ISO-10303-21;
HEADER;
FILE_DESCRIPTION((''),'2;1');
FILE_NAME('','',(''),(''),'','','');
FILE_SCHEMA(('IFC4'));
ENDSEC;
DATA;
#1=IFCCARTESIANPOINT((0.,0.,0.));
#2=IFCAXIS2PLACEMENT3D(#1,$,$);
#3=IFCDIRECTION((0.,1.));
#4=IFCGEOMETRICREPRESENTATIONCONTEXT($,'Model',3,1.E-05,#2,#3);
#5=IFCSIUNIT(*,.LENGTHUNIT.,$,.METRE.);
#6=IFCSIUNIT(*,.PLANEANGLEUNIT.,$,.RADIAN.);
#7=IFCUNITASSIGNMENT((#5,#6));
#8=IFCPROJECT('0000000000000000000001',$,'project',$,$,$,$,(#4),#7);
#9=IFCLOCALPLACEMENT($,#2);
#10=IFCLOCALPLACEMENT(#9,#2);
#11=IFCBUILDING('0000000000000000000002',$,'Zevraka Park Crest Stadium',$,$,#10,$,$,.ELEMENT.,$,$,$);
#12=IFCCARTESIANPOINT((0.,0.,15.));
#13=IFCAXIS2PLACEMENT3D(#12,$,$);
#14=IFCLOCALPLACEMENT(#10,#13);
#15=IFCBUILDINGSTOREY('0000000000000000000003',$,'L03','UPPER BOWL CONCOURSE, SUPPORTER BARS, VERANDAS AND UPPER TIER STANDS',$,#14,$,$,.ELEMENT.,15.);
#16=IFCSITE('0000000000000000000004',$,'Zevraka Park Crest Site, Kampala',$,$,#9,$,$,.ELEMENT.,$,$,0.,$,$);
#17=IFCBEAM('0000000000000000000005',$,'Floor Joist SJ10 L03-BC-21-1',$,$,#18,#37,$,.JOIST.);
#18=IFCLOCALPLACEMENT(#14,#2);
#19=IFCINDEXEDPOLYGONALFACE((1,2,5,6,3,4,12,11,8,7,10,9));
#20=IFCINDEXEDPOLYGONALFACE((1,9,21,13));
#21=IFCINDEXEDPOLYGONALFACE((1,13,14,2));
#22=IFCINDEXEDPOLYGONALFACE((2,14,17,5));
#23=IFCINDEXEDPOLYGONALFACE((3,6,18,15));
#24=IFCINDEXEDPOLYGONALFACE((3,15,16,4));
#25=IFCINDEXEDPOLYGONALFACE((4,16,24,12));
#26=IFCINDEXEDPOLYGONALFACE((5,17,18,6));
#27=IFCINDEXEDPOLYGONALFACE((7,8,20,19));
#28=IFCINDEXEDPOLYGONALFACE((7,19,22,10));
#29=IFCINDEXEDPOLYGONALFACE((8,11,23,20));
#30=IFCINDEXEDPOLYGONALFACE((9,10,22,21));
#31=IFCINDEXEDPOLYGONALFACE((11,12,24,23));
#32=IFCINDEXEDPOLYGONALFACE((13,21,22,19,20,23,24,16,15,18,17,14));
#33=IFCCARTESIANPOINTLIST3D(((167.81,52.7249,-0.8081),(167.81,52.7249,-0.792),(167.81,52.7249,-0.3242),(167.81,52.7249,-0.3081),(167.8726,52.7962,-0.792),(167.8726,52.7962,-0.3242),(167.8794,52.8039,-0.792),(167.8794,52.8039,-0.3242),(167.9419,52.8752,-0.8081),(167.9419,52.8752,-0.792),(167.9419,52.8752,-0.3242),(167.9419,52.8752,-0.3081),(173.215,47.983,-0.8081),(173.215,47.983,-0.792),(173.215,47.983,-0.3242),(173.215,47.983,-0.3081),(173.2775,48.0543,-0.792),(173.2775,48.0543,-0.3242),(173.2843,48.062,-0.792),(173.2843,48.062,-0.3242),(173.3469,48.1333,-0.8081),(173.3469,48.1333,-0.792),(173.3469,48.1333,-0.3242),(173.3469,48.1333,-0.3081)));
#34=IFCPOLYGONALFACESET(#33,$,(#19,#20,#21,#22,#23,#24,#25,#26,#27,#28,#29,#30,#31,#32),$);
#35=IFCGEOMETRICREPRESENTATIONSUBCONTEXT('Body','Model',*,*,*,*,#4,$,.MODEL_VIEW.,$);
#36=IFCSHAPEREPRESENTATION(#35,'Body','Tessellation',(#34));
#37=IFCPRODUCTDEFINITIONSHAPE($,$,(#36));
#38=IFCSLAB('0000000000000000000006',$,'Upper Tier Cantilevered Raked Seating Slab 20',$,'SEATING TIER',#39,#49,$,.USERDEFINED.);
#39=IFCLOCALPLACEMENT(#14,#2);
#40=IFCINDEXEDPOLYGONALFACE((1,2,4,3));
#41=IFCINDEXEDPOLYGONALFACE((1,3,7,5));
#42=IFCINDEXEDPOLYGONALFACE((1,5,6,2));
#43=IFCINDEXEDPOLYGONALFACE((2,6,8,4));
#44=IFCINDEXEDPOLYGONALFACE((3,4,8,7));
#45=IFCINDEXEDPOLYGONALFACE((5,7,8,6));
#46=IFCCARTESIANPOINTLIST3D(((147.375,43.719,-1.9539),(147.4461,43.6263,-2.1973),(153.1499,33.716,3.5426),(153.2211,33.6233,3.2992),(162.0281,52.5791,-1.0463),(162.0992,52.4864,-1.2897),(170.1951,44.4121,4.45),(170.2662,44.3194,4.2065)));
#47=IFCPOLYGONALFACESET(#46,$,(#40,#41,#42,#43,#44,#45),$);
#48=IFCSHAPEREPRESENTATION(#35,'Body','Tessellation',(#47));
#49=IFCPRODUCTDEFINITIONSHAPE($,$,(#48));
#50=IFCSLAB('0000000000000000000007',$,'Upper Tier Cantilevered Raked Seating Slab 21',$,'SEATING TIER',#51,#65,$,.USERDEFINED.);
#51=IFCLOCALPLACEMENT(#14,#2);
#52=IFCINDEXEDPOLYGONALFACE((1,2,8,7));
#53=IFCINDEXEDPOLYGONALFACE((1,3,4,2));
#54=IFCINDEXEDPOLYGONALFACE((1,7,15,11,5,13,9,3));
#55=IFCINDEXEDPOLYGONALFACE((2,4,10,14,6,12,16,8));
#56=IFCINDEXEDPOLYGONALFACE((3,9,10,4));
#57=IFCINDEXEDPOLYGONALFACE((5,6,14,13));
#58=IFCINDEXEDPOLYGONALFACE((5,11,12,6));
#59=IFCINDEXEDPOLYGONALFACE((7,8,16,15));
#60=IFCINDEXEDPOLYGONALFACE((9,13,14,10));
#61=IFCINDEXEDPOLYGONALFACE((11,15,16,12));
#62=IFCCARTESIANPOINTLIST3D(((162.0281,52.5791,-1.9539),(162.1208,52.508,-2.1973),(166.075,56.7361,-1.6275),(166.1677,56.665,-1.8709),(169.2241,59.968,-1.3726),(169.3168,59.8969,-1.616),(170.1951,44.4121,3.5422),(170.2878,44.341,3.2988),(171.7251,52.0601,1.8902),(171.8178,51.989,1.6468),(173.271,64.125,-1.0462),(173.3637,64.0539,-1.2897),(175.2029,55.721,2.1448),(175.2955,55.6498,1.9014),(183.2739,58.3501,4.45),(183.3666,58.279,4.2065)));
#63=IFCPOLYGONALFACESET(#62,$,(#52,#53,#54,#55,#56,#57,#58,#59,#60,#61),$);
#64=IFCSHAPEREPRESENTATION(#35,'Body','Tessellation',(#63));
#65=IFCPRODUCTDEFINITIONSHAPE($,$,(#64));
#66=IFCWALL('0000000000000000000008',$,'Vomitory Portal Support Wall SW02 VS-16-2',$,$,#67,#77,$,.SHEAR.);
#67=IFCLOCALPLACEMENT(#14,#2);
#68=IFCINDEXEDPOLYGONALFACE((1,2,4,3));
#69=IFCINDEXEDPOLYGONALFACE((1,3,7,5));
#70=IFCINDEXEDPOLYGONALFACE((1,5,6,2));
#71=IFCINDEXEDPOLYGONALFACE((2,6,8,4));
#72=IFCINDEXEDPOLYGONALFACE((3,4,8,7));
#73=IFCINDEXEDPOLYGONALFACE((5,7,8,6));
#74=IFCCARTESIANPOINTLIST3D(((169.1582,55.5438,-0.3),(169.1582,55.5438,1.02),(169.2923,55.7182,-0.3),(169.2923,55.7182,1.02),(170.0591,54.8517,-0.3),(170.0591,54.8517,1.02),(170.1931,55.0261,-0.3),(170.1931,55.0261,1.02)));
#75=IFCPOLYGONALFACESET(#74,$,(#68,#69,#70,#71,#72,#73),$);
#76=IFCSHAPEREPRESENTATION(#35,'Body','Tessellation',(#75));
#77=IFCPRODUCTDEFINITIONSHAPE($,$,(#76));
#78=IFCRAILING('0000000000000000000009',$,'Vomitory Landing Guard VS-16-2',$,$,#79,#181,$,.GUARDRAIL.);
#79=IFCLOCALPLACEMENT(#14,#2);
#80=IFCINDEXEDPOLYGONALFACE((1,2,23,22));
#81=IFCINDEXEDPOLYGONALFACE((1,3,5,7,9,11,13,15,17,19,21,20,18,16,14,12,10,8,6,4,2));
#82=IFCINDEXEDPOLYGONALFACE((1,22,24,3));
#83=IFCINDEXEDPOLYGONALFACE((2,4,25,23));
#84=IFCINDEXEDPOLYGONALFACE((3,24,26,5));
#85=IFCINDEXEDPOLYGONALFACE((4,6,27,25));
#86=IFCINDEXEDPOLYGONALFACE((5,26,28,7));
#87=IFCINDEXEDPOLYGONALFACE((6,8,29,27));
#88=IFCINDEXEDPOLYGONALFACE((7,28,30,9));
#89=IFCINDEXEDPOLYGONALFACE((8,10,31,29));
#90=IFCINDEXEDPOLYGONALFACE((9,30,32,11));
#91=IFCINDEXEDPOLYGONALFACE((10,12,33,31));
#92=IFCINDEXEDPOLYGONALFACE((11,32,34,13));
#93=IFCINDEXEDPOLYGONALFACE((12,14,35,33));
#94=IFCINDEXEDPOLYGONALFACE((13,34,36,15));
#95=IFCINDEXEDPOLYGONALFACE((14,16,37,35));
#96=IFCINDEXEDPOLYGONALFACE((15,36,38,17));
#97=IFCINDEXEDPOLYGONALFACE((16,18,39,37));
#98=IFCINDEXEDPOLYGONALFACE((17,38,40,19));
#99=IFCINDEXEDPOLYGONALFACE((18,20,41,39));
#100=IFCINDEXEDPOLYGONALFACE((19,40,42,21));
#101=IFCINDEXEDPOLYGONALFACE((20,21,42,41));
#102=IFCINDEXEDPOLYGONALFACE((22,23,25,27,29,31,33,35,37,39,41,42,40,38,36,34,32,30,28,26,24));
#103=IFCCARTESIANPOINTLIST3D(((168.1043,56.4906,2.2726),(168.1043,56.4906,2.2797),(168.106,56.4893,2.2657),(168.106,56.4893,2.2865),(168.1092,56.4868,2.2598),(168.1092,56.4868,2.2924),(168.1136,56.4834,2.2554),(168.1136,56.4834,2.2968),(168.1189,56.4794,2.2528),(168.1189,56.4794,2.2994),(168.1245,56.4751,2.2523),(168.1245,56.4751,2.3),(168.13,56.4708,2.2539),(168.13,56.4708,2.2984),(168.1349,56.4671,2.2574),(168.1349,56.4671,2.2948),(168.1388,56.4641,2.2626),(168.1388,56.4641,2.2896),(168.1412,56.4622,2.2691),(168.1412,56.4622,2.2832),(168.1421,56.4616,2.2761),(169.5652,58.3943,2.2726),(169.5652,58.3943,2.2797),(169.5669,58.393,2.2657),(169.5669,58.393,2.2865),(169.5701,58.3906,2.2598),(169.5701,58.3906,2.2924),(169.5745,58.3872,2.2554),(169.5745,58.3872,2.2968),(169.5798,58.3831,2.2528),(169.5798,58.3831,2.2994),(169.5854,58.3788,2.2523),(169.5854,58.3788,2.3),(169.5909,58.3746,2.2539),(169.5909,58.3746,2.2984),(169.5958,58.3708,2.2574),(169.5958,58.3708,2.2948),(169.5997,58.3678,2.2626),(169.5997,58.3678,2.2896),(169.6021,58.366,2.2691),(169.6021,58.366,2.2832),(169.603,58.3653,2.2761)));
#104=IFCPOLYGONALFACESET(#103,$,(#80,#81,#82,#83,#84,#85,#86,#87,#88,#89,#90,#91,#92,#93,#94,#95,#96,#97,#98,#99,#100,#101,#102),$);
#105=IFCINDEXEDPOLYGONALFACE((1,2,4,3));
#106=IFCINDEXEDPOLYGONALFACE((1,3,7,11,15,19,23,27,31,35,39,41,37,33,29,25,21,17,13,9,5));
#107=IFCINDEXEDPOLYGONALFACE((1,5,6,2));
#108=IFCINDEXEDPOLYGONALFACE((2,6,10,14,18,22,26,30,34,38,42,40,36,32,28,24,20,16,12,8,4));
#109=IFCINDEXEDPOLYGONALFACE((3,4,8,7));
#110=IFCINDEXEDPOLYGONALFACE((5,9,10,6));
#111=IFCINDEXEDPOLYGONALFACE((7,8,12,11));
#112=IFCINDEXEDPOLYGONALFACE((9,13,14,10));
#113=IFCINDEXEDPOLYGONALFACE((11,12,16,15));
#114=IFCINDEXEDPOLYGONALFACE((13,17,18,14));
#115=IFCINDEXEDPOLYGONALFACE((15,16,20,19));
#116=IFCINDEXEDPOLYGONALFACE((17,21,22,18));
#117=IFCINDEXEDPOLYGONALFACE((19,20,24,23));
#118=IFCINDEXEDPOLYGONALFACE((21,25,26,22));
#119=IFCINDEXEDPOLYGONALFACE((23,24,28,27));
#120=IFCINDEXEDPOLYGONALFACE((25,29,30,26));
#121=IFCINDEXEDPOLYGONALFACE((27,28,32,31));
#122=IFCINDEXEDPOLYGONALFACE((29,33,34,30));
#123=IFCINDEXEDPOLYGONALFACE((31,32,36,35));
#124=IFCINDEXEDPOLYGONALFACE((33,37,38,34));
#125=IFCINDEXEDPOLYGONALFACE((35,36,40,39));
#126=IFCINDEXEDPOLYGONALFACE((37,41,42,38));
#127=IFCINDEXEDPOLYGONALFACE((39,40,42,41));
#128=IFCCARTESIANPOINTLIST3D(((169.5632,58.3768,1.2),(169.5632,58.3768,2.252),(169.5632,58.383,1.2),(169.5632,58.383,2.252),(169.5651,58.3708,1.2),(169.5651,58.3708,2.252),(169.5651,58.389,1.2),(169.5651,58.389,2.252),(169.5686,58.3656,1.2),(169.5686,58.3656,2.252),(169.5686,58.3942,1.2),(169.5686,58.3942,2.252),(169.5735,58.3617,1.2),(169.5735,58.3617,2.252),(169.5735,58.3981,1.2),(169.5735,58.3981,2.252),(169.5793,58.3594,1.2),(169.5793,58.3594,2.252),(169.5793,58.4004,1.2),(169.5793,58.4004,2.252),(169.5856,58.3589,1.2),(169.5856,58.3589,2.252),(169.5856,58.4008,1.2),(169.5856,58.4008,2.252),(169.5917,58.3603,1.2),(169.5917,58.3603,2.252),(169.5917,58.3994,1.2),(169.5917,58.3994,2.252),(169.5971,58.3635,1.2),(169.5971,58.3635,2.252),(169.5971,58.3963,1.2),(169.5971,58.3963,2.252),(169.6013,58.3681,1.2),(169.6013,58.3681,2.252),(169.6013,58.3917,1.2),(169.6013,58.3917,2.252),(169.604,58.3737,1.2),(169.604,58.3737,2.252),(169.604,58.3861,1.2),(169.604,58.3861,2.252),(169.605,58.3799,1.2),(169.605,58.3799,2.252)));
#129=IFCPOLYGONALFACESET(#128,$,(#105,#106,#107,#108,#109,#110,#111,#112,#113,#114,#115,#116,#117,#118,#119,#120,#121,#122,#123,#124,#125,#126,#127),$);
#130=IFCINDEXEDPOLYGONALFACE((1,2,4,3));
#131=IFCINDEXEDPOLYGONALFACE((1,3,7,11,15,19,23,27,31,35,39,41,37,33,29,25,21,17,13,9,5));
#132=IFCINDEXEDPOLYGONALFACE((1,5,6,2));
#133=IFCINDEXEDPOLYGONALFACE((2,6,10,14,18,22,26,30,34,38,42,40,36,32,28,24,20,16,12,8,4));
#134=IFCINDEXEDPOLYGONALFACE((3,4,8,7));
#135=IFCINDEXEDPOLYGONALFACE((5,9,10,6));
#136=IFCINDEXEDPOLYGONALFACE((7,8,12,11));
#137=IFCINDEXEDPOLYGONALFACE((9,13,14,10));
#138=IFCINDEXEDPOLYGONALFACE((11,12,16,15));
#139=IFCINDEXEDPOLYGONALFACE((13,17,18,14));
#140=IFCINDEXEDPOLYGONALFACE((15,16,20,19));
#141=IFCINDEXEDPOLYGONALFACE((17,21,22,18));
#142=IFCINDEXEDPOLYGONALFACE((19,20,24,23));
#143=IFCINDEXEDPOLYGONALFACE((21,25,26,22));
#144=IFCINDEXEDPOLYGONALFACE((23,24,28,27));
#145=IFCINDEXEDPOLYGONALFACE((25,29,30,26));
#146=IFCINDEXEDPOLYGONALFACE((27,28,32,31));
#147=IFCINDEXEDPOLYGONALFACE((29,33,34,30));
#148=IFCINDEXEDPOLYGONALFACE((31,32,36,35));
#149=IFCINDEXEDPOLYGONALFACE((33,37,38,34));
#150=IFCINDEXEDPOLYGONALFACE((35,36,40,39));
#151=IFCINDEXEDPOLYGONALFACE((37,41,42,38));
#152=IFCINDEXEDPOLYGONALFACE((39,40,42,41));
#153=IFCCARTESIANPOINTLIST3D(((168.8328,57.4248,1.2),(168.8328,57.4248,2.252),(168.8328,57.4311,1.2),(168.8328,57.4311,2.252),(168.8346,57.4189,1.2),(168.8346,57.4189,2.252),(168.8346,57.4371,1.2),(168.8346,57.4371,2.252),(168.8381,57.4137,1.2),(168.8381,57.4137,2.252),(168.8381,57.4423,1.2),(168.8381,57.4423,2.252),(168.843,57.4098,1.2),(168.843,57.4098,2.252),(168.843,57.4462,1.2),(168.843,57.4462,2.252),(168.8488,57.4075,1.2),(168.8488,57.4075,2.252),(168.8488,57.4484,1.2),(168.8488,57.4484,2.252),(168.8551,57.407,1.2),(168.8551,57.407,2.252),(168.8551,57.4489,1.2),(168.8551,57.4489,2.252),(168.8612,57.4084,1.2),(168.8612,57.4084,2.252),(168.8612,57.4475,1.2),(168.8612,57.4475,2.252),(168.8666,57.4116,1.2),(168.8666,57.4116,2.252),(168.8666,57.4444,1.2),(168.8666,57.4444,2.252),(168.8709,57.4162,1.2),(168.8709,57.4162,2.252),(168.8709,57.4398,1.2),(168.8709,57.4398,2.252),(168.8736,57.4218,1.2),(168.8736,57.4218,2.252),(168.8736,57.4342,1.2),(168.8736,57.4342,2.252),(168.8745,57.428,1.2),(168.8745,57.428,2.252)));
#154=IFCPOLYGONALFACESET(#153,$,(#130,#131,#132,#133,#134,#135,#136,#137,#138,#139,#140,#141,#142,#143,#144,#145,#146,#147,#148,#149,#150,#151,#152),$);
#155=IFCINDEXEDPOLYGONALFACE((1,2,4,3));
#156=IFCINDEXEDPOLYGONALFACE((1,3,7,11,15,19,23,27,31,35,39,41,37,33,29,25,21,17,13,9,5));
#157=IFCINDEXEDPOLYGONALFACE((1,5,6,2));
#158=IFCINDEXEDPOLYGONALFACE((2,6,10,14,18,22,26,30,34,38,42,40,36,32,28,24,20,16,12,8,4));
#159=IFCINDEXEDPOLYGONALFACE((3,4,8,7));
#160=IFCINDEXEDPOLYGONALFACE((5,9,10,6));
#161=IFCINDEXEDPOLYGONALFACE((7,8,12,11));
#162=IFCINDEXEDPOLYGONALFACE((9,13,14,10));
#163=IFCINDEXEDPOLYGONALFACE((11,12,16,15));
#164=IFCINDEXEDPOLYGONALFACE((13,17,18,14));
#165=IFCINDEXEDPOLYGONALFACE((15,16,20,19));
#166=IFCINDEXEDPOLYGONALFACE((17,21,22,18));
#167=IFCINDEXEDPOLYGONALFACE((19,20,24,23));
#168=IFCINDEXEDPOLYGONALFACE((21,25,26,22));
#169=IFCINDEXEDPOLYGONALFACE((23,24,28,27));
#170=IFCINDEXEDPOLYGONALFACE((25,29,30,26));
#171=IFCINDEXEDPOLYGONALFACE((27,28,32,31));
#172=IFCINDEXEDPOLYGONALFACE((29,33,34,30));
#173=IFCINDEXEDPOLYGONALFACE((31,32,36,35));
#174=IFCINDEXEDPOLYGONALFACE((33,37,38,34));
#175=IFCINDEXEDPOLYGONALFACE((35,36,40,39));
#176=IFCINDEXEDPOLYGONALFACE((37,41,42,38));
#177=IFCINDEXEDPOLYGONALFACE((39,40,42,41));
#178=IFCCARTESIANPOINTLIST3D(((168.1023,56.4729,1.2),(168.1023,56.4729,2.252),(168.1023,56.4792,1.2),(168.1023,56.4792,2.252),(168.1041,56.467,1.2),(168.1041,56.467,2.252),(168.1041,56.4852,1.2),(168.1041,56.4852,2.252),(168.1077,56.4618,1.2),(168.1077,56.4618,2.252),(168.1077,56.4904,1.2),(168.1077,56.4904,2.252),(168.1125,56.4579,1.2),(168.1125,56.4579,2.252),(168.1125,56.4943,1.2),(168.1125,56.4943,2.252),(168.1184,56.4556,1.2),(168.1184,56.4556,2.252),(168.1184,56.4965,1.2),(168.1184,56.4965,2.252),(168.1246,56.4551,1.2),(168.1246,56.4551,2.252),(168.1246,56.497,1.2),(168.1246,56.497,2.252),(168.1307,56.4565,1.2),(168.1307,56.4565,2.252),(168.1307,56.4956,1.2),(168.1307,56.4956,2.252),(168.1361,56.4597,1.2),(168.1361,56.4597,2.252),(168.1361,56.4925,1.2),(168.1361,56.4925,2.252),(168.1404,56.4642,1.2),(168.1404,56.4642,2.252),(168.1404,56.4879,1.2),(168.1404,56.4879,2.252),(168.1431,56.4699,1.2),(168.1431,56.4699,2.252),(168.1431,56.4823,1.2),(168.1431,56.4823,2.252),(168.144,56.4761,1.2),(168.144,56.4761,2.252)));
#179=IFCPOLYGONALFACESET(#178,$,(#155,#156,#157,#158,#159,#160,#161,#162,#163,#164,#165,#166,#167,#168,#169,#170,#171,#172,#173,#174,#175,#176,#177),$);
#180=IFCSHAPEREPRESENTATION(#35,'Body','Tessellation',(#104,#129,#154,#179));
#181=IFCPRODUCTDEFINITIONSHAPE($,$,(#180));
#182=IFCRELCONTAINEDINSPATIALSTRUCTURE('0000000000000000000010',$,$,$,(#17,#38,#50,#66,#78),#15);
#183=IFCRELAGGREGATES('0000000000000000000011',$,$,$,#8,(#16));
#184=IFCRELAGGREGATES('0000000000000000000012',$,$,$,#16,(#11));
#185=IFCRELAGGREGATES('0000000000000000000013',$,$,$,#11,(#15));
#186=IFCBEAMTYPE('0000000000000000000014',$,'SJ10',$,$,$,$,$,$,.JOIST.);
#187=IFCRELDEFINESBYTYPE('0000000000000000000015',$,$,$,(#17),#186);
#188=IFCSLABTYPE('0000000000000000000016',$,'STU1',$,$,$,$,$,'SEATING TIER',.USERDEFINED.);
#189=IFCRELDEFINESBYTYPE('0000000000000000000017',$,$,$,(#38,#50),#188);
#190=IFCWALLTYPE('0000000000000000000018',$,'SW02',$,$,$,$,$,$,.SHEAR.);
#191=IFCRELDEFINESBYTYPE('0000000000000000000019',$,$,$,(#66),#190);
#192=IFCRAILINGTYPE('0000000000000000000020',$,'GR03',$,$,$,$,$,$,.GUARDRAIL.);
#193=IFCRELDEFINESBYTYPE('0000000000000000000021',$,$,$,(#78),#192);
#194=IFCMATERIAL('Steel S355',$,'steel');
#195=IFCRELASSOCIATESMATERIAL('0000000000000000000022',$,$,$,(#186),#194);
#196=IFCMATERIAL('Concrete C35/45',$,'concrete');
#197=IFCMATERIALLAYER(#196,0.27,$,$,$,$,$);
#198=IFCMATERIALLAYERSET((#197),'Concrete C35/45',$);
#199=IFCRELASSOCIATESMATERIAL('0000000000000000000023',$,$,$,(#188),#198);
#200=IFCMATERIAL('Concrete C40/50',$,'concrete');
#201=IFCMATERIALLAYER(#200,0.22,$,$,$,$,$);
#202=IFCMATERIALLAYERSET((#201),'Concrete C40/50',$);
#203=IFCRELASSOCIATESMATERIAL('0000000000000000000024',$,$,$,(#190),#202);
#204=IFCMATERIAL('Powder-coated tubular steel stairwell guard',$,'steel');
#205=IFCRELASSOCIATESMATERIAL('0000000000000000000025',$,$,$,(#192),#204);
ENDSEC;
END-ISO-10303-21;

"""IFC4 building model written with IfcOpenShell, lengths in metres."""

from ifc_helpers import new_model, si_unit, direction, frame, frame_2d, origin, origin_2d, place, context, subcontext, project, spatial, polyline, rectangle, circle, i_section, outline, extrude, material, layer, layer_set, material_profile, profile_set, type_object, element, save


model = new_model("IFC4")

# Units and contexts
model_context = context("Model", 3, precision=1e-05, world=origin(), true_north=direction((0.0, 1.0)))
body_context = subcontext(model_context, "Body", "Model", "MODEL_VIEW")
ifc_project = project(units=[si_unit("LENGTHUNIT", "METRE"), si_unit("PLANEANGLEUNIT", "RADIAN")], contexts=[model_context])

# Site, building, storey
site_placement = place(None, origin())
site = spatial("IfcSite", under=ifc_project, at=site_placement, Name="Zevraka Park Crest Site, Kampala", CompositionType="ELEMENT", RefElevation=0.0)
building_placement = place(site_placement, origin())
building = spatial("IfcBuilding", under=site, at=building_placement, Name="Zevraka Park Crest Stadium", CompositionType="ELEMENT")
storey_placement = place(building_placement, frame((0.0, 0.0, 15.0)))
storey = spatial("IfcBuildingStorey", under=building, at=storey_placement, Name="L03", Description="UPPER BOWL CONCOURSE, SUPPORTER BARS, VERANDAS AND UPPER TIER STANDS", CompositionType="ELEMENT", Elevation=15.0)

# Beam
ifc_material_1 = material(Name="Steel S355", Category="steel")
ifc_material_profile_1 = material_profile(ifc_material_1, i_section(OverallWidth=0.2, OverallDepth=0.5, WebThickness=0.0103, FlangeThickness=0.0161, at=origin_2d()), Name="IPE 500")
ifc_profile_set_1 = profile_set([ifc_material_profile_1], Name="Steel S355")
beam_type_1 = type_object("IfcBeamType", Name="SJ10", PredefinedType="JOIST", material=ifc_profile_set_1)
beam_1_placement = place(storey_placement, frame((167.876, 52.8, -0.5581), z_axis=(0.751712, -0.659492, 0.0), x_axis=(0.659492, 0.751712, 0.0)))
element("IfcBeam", 1, at=beam_1_placement, inside=storey, type_object=beam_type_1, Name="Floor Joist SJ10 L03-BC-21-1", PredefinedType="JOIST", context=body_context, shape_type="SweptSolid", body=[
    extrude(i_section(OverallWidth=0.2, OverallDepth=0.5, WebThickness=0.0103, FlangeThickness=0.0161, at=origin_2d()), origin(), (0.0, 0.0, 1.0), 7.1902),
])

# Slabs
ifc_material_2 = material(Name="Concrete C35/45", Category="concrete")
ifc_layer_1 = layer(ifc_material_2, 0.27)
ifc_layer_set_1 = layer_set([ifc_layer_1], Name="Concrete C35/45")
slab_type = type_object("IfcSlabType", Name="STU1", ElementType="SEATING TIER", PredefinedType="USERDEFINED", material=ifc_layer_set_1)
slab_1_placement = place(storey_placement, frame((147.375, 43.719, -1.9539), z_axis=(-0.263416, 0.343299, 0.901531), x_axis=(0.854532, 0.516696, 0.052928)))
element("IfcSlab", 2, at=slab_1_placement, inside=storey, type_object=slab_type, Name="Upper Tier Cantilevered Raked Seating Slab 20", ObjectType="SEATING TIER", PredefinedType="USERDEFINED", context=body_context, shape_type="SweptSolid", body=[
    extrude(outline(polyline([(0.0, 0.0), (17.1475, 0.0), (20.1975, -12.4219), (0.0573, -12.7913), (0.0, 0.0)])), origin(), (0.0, 0.0, -1.0), 0.27),
])
slab_2_placement = place(storey_placement, frame((162.0281, 52.5791, -1.9539), z_axis=(-0.343287, 0.26341, 0.901537), x_axis=(0.696454, 0.7154, 0.056171)))
element("IfcSlab", 3, at=slab_2_placement, inside=storey, type_object=slab_type, Name="Upper Tier Cantilevered Raked Seating Slab 21", ObjectType="SEATING TIER", PredefinedType="USERDEFINED", context=body_context, shape_type="SweptSolid", body=[
    extrude(outline(polyline([(0.0, 0.0), (5.8107, 0.0), (6.5981, -8.0958), (11.6535, -8.0275), (10.3304, -0.0023), (16.1411, -0.0023), (19.285, -12.4011), (0.154, -12.79), (0.0, 0.0)])), origin(), (0.0, 0.0, -1.0), 0.27),
])

# Wall
ifc_material_3 = material(Name="Concrete C40/50", Category="concrete")
ifc_layer_2 = layer(ifc_material_3, 0.22)
ifc_layer_set_2 = layer_set([ifc_layer_2], Name="Concrete C40/50")
wall_type = type_object("IfcWallType", Name="SW02", PredefinedType="SHEAR", material=ifc_layer_set_2)
wall_placement = place(storey_placement, frame((170.126, 54.939, -0.3), z_axis=(0.0, 0.0, 1.0), x_axis=(-0.792983, 0.609243, 0.0)))
element("IfcWall", 4, at=wall_placement, inside=storey, type_object=wall_type, Name="Vomitory Portal Support Wall SW02 VS-16-2", PredefinedType="SHEAR", context=body_context, shape_type="SweptSolid", body=[
    extrude(rectangle(XDim=1.136, YDim=0.22, at=frame_2d((0.5679, 0.0))), origin(), (0.0, 0.0, 1.0), 1.3201),
])

# Railing
ifc_material_4 = material(Name="Powder-coated tubular steel stairwell guard", Category="steel")
railing_type_1 = type_object("IfcRailingType", Name="GR03", PredefinedType="GUARDRAIL", material=ifc_material_4)
railing_1_placement = place(storey_placement, frame((169.584, 58.3799, 1.2)))
element("IfcRailing", 5, at=railing_1_placement, inside=storey, type_object=railing_type_1, Name="Vomitory Landing Guard VS-16-2", PredefinedType="GUARDRAIL", context=body_context, shape_type="SweptSolid", body=[
    extrude(circle(Radius=0.0239, at=origin_2d()), frame((0.0, 0.0, 1.0762), z_axis=(-0.608786, -0.793334, 0.0), x_axis=(0.793334, -0.608786, 0.0)), (0.0, 0.0, 1.0), 2.3997),
    extrude(circle(Radius=0.021, at=origin_2d()), origin(), (0.0, 0.0, 1.0), 1.052),
    extrude(circle(Radius=0.021, at=origin_2d()), frame((-0.7305, -0.9519, 0.0)), (0.0, 0.0, 1.0), 1.052),
    extrude(circle(Radius=0.021, at=origin_2d()), frame((-1.4609, -1.9038, 0.0)), (0.0, 0.0, 1.0), 1.052),
])

save(model, "model.ifc")
